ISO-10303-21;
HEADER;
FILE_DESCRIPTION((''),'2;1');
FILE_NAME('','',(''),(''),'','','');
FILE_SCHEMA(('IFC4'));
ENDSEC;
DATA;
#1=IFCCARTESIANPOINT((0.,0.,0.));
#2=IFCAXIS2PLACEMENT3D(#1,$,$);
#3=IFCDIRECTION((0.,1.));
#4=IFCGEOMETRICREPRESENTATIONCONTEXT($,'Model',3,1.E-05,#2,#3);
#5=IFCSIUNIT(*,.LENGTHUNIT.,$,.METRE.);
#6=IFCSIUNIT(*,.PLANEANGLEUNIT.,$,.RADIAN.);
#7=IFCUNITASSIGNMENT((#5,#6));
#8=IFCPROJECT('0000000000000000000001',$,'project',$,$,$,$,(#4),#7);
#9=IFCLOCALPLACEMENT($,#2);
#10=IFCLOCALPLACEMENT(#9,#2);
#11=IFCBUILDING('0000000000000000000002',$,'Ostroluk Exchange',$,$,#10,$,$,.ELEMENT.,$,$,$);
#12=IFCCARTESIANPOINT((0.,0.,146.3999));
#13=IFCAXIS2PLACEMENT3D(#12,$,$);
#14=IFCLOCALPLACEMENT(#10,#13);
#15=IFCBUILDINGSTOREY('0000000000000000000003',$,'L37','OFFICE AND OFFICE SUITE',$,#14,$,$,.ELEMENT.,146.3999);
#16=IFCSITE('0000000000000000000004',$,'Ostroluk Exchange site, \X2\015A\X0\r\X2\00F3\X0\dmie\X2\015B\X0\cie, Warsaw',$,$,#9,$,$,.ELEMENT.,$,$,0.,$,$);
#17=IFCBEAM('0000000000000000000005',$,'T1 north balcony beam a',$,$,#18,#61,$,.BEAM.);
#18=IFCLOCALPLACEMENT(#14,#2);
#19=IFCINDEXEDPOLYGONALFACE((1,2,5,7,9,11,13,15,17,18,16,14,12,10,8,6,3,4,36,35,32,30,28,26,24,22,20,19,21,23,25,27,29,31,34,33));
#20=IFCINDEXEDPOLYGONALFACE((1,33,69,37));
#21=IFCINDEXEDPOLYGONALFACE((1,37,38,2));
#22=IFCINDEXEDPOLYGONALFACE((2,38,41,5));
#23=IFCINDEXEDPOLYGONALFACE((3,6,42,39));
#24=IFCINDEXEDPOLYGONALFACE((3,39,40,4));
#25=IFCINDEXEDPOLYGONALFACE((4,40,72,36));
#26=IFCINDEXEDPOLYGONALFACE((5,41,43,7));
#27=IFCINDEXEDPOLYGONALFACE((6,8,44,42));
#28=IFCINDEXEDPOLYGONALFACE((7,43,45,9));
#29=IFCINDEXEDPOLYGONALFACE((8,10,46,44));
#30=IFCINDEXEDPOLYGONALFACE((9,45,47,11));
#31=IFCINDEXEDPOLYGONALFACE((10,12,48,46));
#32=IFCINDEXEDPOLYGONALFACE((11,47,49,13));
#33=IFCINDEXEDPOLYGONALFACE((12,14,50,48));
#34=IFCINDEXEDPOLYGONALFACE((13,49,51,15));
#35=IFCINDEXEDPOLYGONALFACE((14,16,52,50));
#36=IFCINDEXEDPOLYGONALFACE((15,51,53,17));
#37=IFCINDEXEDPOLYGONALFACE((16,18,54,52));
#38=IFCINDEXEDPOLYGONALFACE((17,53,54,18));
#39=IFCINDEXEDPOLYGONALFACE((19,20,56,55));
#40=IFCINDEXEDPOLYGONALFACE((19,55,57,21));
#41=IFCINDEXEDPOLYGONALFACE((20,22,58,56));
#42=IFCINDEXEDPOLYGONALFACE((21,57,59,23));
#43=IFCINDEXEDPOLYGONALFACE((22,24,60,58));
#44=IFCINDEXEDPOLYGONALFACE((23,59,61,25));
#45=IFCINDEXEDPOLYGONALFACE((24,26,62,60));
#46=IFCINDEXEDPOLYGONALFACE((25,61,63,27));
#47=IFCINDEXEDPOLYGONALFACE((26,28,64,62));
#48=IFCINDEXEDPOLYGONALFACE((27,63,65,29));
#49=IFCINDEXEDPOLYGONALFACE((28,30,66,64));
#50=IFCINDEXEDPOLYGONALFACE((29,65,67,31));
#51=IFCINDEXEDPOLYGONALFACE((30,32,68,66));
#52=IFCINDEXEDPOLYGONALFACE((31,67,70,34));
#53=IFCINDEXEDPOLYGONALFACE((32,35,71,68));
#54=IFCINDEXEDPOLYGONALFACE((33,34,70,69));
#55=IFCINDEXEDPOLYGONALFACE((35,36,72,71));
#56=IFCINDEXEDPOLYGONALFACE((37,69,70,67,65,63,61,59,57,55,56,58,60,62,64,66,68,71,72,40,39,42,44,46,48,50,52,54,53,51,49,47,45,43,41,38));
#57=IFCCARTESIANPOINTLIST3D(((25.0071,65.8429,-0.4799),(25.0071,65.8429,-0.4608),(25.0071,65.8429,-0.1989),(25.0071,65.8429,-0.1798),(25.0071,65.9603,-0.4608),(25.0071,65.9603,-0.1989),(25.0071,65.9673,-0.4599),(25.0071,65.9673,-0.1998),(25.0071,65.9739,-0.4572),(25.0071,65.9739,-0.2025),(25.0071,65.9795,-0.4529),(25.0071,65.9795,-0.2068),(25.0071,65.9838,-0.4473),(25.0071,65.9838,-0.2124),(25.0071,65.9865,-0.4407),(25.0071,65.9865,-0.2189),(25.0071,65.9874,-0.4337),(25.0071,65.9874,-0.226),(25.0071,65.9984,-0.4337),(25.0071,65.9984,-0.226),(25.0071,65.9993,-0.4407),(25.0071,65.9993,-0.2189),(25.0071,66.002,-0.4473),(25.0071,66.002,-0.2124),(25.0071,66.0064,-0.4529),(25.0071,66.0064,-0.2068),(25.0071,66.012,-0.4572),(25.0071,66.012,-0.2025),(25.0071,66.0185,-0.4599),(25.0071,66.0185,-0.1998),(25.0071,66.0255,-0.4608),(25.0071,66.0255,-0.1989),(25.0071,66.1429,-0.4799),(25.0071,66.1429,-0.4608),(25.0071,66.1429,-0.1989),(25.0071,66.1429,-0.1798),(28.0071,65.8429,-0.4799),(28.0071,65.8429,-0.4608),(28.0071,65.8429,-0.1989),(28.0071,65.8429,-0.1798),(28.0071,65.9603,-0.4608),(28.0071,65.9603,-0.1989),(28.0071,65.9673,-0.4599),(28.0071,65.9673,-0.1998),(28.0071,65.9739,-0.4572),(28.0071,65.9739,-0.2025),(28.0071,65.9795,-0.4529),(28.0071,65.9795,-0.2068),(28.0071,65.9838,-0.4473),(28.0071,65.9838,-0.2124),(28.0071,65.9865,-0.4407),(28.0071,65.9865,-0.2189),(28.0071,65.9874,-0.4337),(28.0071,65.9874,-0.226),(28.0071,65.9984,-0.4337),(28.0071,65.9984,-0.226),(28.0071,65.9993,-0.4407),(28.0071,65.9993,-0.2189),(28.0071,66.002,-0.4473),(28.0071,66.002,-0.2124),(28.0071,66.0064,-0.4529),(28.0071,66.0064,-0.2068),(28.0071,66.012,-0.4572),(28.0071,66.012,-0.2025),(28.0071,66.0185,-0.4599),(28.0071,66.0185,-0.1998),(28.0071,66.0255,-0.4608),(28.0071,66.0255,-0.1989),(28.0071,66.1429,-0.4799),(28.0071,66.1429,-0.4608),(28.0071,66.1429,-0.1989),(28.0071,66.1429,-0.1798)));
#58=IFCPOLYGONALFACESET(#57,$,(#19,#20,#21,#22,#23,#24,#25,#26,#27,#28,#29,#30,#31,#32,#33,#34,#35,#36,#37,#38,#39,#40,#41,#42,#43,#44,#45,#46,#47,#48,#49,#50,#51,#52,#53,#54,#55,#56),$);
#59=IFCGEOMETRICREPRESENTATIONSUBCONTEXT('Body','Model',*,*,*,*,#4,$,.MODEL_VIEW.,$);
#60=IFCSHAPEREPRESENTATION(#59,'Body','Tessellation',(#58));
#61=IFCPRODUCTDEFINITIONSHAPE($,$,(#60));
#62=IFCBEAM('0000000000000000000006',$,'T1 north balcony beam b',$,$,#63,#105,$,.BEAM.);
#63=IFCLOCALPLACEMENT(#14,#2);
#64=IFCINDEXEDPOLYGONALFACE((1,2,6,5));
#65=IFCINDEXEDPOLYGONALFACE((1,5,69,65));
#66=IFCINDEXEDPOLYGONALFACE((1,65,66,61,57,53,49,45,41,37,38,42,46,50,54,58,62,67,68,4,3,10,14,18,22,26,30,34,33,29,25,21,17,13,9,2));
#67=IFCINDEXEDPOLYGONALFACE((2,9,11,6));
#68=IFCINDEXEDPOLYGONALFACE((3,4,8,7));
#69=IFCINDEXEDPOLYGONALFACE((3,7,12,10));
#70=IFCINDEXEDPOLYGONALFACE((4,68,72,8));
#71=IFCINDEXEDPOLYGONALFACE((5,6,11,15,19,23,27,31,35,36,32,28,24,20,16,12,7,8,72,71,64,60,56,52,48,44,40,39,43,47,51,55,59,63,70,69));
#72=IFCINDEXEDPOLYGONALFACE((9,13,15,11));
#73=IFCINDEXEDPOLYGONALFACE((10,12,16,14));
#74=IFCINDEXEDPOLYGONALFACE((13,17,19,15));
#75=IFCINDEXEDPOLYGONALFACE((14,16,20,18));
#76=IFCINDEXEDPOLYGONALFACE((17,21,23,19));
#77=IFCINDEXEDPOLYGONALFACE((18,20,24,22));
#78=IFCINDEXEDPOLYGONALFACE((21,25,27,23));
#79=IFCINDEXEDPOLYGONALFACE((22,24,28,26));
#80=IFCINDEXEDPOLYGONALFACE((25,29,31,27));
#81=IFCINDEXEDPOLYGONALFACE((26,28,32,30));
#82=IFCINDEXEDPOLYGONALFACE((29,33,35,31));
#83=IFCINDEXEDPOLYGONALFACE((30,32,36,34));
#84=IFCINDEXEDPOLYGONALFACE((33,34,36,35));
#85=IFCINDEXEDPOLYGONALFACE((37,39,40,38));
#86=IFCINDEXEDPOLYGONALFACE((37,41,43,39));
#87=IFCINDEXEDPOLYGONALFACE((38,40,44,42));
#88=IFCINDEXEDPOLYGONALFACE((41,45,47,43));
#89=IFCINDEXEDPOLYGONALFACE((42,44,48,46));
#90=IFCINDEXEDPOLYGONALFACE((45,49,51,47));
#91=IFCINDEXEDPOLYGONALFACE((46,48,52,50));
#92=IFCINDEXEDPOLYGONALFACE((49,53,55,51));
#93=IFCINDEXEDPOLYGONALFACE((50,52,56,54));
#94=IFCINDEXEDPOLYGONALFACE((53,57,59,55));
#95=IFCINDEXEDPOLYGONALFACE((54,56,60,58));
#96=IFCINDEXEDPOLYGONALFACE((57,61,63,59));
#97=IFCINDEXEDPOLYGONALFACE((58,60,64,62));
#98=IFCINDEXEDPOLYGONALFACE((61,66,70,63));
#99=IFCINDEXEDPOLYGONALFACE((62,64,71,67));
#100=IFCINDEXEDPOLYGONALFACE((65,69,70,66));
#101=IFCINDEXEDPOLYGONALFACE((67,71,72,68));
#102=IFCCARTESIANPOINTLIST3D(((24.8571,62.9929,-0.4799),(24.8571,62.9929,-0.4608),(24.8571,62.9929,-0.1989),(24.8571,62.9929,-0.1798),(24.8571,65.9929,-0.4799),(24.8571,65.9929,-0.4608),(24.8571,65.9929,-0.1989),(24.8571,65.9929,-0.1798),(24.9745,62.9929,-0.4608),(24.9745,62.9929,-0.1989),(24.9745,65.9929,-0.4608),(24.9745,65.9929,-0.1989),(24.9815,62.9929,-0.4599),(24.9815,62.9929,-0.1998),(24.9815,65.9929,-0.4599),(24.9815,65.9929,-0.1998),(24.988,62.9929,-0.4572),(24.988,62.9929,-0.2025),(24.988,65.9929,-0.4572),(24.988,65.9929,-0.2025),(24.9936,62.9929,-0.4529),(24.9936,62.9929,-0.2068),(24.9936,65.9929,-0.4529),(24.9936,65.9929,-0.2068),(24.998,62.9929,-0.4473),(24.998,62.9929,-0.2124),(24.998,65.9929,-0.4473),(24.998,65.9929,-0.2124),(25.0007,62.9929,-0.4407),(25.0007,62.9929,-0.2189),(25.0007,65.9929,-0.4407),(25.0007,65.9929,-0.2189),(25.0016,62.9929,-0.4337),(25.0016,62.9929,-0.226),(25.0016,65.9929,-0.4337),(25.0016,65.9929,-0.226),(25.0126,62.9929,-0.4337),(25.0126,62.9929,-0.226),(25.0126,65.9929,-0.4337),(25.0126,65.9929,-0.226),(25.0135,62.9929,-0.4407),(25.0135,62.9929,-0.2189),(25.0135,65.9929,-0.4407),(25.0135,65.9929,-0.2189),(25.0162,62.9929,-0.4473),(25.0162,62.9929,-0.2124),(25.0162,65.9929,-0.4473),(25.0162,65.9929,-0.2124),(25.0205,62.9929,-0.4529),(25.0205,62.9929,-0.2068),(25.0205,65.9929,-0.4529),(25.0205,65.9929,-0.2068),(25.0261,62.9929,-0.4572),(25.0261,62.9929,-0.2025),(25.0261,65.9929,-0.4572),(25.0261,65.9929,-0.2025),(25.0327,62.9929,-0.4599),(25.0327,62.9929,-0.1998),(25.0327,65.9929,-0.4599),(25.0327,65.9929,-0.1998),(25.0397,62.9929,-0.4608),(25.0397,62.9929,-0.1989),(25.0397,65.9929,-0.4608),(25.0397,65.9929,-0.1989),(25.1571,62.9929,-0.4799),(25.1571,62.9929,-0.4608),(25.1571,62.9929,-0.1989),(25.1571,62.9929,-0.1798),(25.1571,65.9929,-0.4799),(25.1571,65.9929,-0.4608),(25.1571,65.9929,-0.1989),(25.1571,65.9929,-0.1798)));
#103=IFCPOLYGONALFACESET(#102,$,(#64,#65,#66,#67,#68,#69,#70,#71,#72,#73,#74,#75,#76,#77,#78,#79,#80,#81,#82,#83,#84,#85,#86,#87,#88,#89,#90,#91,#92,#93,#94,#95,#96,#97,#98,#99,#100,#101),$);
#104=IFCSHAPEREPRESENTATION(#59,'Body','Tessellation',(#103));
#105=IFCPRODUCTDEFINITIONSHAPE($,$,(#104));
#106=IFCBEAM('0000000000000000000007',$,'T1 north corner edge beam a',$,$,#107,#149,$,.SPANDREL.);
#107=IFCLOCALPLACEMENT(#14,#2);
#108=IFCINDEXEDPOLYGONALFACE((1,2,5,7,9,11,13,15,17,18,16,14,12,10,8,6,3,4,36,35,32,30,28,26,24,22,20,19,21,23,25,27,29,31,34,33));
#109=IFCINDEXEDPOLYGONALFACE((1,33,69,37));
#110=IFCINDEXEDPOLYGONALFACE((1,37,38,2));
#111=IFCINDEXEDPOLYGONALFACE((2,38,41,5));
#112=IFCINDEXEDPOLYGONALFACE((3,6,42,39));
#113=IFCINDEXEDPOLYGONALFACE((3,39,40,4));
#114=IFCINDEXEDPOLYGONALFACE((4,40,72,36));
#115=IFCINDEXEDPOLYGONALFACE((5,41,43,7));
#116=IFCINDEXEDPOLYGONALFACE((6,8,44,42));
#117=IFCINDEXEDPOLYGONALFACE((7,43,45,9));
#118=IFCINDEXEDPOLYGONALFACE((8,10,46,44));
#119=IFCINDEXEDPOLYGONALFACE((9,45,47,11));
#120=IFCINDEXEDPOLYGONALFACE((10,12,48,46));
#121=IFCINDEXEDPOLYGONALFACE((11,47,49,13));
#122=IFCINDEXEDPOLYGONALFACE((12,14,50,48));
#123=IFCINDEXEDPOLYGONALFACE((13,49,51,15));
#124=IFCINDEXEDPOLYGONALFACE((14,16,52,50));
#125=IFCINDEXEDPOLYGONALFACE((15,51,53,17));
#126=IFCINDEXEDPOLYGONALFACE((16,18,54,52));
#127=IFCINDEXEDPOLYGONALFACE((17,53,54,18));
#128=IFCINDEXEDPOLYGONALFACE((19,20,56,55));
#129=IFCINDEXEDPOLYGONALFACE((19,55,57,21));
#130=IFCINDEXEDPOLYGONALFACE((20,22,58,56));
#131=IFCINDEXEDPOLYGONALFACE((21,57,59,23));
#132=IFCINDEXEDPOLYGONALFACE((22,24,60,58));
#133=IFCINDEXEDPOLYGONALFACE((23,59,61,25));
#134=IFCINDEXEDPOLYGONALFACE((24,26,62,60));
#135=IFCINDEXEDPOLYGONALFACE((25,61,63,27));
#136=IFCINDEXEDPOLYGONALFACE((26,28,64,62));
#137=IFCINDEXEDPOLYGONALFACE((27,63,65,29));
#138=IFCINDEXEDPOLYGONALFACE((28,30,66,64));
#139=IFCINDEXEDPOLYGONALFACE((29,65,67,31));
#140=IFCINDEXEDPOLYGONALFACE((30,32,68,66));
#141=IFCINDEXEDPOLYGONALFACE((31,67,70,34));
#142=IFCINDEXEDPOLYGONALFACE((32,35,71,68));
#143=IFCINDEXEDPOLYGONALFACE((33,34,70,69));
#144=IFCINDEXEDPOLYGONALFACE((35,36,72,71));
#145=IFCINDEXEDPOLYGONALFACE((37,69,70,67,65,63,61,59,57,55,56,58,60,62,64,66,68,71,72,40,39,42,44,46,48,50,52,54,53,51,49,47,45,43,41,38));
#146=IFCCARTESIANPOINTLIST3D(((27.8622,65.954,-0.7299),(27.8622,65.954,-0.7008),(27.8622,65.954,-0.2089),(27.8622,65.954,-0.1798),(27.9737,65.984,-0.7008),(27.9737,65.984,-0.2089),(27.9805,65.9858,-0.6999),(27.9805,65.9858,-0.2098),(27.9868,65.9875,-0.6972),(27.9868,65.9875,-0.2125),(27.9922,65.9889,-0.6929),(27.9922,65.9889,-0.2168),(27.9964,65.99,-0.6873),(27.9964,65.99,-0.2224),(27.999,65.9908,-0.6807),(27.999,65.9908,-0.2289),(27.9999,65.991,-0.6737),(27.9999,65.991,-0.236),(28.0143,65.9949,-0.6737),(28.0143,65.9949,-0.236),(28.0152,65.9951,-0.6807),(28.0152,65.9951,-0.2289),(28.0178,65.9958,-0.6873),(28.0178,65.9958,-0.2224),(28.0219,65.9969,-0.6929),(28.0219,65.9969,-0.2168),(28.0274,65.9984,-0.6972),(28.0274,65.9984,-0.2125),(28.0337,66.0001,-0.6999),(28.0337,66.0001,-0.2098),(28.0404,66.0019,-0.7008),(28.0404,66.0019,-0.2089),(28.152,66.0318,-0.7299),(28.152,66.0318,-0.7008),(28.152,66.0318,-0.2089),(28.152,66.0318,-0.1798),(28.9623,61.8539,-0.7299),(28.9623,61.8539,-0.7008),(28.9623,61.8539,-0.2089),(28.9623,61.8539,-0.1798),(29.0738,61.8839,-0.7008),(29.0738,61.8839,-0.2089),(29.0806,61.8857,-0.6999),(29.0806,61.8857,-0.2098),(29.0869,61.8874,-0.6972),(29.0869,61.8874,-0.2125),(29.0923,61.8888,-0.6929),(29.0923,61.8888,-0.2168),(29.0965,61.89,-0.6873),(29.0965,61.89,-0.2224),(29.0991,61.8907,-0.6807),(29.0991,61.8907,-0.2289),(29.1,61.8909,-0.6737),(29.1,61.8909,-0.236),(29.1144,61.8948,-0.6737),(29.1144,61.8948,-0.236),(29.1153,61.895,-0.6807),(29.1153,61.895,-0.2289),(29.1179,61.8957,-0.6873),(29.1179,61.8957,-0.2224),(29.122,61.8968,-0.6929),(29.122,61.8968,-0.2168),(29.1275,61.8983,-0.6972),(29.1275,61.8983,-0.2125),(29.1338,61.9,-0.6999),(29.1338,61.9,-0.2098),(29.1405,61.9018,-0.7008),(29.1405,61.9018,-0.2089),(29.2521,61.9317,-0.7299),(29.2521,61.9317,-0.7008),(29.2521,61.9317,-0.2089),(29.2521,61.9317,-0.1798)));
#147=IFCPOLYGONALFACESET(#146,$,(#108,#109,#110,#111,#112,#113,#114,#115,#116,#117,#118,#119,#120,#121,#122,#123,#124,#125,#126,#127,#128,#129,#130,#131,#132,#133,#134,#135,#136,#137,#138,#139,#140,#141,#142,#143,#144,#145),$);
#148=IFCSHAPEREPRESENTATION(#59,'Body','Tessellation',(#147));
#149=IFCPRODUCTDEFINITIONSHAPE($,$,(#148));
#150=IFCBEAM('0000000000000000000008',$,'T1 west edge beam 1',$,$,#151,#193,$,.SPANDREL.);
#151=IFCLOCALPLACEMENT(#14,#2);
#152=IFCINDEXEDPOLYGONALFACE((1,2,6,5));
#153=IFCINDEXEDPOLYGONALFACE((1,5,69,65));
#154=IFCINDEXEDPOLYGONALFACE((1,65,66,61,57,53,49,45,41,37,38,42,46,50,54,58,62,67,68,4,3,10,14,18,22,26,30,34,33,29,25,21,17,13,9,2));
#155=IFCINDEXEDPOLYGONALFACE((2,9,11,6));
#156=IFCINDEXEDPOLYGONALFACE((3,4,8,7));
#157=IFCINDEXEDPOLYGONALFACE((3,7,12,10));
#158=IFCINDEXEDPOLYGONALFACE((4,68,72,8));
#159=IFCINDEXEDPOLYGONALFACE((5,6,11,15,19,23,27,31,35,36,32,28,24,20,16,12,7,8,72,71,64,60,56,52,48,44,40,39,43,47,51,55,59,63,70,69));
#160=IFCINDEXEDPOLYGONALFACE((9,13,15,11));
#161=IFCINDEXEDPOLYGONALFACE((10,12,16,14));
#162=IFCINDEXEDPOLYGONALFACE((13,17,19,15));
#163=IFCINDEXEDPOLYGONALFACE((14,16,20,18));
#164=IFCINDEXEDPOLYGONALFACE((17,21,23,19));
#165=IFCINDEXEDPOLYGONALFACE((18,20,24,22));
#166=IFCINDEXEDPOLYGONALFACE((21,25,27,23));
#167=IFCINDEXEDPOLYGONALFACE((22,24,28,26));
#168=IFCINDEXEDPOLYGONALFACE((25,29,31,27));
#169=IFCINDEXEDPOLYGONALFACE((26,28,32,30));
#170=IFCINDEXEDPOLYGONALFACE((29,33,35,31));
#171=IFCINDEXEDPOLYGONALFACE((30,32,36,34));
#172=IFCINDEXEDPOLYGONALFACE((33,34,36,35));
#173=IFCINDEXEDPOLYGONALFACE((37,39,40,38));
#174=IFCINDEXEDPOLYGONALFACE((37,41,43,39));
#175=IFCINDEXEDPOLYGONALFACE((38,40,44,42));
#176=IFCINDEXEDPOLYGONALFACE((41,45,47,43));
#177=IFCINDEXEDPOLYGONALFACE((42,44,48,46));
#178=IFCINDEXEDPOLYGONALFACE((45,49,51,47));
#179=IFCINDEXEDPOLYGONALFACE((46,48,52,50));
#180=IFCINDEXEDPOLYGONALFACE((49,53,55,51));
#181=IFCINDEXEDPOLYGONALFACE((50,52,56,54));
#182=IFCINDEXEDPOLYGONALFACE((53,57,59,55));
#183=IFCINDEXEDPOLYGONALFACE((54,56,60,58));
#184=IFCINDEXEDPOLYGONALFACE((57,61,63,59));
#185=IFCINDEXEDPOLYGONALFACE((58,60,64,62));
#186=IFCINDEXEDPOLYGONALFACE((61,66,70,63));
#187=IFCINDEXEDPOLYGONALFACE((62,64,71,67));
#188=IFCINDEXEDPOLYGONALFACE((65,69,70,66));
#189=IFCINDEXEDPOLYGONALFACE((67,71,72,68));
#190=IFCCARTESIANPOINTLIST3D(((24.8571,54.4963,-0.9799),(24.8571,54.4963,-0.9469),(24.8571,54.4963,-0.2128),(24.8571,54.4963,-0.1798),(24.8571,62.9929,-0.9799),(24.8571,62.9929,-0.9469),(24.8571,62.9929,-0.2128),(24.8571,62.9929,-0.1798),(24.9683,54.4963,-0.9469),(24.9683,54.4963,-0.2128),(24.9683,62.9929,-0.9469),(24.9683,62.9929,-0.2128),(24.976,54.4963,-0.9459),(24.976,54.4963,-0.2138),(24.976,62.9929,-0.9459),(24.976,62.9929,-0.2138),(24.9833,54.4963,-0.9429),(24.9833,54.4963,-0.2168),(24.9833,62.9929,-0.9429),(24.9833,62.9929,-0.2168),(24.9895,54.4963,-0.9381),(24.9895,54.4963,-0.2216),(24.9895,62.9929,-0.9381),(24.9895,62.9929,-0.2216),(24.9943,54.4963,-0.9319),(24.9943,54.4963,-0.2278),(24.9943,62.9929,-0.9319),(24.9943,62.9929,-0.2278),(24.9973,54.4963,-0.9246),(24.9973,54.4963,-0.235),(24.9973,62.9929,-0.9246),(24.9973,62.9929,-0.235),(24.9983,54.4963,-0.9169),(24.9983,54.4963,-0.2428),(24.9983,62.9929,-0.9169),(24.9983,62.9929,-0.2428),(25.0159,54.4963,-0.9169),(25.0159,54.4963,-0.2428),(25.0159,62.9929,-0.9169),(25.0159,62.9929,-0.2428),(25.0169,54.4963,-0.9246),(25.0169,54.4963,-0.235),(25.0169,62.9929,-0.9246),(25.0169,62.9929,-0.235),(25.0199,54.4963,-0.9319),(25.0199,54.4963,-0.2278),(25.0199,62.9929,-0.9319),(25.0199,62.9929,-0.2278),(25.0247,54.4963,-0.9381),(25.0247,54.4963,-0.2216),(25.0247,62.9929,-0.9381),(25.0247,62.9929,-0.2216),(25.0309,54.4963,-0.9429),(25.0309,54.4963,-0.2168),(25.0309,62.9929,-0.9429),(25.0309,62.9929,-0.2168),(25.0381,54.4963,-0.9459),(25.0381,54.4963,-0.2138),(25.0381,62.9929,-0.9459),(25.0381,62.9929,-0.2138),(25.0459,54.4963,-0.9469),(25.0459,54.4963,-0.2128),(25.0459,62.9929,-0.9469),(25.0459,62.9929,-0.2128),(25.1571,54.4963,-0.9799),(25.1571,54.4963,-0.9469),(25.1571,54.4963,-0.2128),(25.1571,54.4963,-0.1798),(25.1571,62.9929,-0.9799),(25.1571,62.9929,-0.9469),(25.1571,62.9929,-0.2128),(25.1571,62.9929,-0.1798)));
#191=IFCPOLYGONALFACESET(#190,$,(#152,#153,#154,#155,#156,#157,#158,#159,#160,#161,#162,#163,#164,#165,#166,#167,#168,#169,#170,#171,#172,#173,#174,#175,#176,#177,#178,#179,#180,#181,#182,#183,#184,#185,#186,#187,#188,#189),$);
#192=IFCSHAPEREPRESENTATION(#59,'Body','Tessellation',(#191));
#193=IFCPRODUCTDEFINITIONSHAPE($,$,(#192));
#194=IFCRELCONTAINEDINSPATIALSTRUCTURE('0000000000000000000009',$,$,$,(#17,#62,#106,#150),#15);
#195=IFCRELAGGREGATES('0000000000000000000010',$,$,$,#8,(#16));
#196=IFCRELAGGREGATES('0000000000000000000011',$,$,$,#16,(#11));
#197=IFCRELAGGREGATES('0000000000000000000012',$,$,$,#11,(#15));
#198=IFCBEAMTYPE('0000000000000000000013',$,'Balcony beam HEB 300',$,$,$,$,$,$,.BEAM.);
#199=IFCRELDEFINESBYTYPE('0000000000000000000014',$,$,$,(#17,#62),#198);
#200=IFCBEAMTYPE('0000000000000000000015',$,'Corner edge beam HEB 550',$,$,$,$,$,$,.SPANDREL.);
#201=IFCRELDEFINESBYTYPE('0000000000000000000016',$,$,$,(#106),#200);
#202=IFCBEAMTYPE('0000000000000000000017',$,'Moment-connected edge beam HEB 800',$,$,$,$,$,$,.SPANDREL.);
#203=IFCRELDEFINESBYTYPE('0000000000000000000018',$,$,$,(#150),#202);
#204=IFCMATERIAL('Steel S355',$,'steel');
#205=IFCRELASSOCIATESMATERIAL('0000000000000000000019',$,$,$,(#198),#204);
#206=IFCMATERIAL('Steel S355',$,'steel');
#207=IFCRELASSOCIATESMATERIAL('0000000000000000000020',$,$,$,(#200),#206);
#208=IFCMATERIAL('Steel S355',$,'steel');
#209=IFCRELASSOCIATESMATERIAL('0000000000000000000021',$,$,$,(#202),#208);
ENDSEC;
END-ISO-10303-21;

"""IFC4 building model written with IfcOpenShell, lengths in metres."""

from ifc_helpers import new_model, si_unit, direction, frame, origin, origin_2d, place, context, subcontext, project, spatial, i_section, extrude, material, material_profile, profile_set, type_object, element, save


model = new_model("IFC4")

# Units and contexts
model_context = context("Model", 3, precision=1e-05, world=origin(), true_north=direction((0.0, 1.0)))
body_context = subcontext(model_context, "Body", "Model", "MODEL_VIEW")
ifc_project = project(units=[si_unit("LENGTHUNIT", "METRE"), si_unit("PLANEANGLEUNIT", "RADIAN")], contexts=[model_context])

# Site, building, storey
site_placement = place(None, origin())
site = spatial("IfcSite", under=ifc_project, at=site_placement, Name="Ostroluk Exchange site, Śródmieście, Warsaw", CompositionType="ELEMENT", RefElevation=0.0)
building_placement = place(site_placement, origin())
building = spatial("IfcBuilding", under=site, at=building_placement, Name="Ostroluk Exchange", CompositionType="ELEMENT")
storey_placement = place(building_placement, frame((0.0, 0.0, 146.3999)))
storey = spatial("IfcBuildingStorey", under=building, at=storey_placement, Name="L37", Description="OFFICE AND OFFICE SUITE", CompositionType="ELEMENT", Elevation=146.3999)

# Beams
ifc_material_1 = material(Name="Steel S355", Category="steel")
ifc_material_profile_1 = material_profile(ifc_material_1, i_section(OverallWidth=0.3, OverallDepth=0.3, WebThickness=0.011, FlangeThickness=0.019, FilletRadius=0.0271, at=origin_2d()), Name="HEB 300")
ifc_profile_set_1 = profile_set([ifc_material_profile_1], Name="Steel S355")
beam_type_1 = type_object("IfcBeamType", Name="Balcony beam HEB 300", PredefinedType="BEAM", material=ifc_profile_set_1)
for number, where, z_axis, x_axis, name in (
    (1, (28.0071, 65.9929, -0.3298), (-1.0, 0.0, 0.0), (0.0, -1.0, 0.0), "T1 north balcony beam a"),
    (2, (25.0071, 62.9929, -0.3298), (0.0, 1.0, 0.0), (-1.0, 0.0, 0.0), "T1 north balcony beam b"),
):
    element("IfcBeam", number, at=place(storey_placement, frame(where, z_axis=z_axis, x_axis=x_axis)), inside=storey, type_object=beam_type_1, Name=name, PredefinedType="BEAM", context=body_context, shape_type="SweptSolid", body=[
        extrude(i_section(OverallWidth=0.3, OverallDepth=0.3, WebThickness=0.011, FlangeThickness=0.019, FilletRadius=0.0271, at=origin_2d()), origin(), (0.0, 0.0, 1.0), 3.0),
    ])
ifc_material_2 = material(Name="Steel S355", Category="steel")
ifc_material_profile_2 = material_profile(ifc_material_2, i_section(OverallWidth=0.3, OverallDepth=0.55, WebThickness=0.0149, FlangeThickness=0.0291, FilletRadius=0.0271, at=origin_2d()), Name="HEB 550")
ifc_profile_set_2 = profile_set([ifc_material_profile_2], Name="Steel S355")
beam_type_2 = type_object("IfcBeamType", Name="Corner edge beam HEB 550", PredefinedType="SPANDREL", material=ifc_profile_set_2)
beam_1_placement = place(storey_placement, frame((29.1072, 61.8928, -0.4548), z_axis=(-0.259144, 0.965839, 0.0), x_axis=(-0.965839, -0.259144, 0.0)))
element("IfcBeam", 3, at=beam_1_placement, inside=storey, type_object=beam_type_2, Name="T1 north corner edge beam a", PredefinedType="SPANDREL", context=body_context, shape_type="SweptSolid", body=[
    extrude(i_section(OverallWidth=0.3, OverallDepth=0.55, WebThickness=0.0149, FlangeThickness=0.0291, FilletRadius=0.0271, at=origin_2d()), origin(), (0.0, 0.0, 1.0), 4.2451),
])
ifc_material_3 = material(Name="Steel S355", Category="steel")
ifc_material_profile_3 = material_profile(ifc_material_3, i_section(OverallWidth=0.3, OverallDepth=0.8, WebThickness=0.0176, FlangeThickness=0.033, FilletRadius=0.03, at=origin_2d()), Name="HEB 800")
ifc_profile_set_3 = profile_set([ifc_material_profile_3], Name="Steel S355")
beam_type_3 = type_object("IfcBeamType", Name="Moment-connected edge beam HEB 800", PredefinedType="SPANDREL", material=ifc_profile_set_3)
beam_2_placement = place(storey_placement, frame((25.0071, 62.9929, -0.5798), z_axis=(0.0, -1.0, 0.0), x_axis=(1.0, 0.0, 0.0)))
element("IfcBeam", 4, at=beam_2_placement, inside=storey, type_object=beam_type_3, Name="T1 west edge beam 1", PredefinedType="SPANDREL", context=body_context, shape_type="SweptSolid", body=[
    extrude(i_section(OverallWidth=0.3, OverallDepth=0.8, WebThickness=0.0176, FlangeThickness=0.033, FilletRadius=0.03, at=origin_2d()), origin(), (0.0, 0.0, 1.0), 8.4966),
])

save(model, "model.ifc")
